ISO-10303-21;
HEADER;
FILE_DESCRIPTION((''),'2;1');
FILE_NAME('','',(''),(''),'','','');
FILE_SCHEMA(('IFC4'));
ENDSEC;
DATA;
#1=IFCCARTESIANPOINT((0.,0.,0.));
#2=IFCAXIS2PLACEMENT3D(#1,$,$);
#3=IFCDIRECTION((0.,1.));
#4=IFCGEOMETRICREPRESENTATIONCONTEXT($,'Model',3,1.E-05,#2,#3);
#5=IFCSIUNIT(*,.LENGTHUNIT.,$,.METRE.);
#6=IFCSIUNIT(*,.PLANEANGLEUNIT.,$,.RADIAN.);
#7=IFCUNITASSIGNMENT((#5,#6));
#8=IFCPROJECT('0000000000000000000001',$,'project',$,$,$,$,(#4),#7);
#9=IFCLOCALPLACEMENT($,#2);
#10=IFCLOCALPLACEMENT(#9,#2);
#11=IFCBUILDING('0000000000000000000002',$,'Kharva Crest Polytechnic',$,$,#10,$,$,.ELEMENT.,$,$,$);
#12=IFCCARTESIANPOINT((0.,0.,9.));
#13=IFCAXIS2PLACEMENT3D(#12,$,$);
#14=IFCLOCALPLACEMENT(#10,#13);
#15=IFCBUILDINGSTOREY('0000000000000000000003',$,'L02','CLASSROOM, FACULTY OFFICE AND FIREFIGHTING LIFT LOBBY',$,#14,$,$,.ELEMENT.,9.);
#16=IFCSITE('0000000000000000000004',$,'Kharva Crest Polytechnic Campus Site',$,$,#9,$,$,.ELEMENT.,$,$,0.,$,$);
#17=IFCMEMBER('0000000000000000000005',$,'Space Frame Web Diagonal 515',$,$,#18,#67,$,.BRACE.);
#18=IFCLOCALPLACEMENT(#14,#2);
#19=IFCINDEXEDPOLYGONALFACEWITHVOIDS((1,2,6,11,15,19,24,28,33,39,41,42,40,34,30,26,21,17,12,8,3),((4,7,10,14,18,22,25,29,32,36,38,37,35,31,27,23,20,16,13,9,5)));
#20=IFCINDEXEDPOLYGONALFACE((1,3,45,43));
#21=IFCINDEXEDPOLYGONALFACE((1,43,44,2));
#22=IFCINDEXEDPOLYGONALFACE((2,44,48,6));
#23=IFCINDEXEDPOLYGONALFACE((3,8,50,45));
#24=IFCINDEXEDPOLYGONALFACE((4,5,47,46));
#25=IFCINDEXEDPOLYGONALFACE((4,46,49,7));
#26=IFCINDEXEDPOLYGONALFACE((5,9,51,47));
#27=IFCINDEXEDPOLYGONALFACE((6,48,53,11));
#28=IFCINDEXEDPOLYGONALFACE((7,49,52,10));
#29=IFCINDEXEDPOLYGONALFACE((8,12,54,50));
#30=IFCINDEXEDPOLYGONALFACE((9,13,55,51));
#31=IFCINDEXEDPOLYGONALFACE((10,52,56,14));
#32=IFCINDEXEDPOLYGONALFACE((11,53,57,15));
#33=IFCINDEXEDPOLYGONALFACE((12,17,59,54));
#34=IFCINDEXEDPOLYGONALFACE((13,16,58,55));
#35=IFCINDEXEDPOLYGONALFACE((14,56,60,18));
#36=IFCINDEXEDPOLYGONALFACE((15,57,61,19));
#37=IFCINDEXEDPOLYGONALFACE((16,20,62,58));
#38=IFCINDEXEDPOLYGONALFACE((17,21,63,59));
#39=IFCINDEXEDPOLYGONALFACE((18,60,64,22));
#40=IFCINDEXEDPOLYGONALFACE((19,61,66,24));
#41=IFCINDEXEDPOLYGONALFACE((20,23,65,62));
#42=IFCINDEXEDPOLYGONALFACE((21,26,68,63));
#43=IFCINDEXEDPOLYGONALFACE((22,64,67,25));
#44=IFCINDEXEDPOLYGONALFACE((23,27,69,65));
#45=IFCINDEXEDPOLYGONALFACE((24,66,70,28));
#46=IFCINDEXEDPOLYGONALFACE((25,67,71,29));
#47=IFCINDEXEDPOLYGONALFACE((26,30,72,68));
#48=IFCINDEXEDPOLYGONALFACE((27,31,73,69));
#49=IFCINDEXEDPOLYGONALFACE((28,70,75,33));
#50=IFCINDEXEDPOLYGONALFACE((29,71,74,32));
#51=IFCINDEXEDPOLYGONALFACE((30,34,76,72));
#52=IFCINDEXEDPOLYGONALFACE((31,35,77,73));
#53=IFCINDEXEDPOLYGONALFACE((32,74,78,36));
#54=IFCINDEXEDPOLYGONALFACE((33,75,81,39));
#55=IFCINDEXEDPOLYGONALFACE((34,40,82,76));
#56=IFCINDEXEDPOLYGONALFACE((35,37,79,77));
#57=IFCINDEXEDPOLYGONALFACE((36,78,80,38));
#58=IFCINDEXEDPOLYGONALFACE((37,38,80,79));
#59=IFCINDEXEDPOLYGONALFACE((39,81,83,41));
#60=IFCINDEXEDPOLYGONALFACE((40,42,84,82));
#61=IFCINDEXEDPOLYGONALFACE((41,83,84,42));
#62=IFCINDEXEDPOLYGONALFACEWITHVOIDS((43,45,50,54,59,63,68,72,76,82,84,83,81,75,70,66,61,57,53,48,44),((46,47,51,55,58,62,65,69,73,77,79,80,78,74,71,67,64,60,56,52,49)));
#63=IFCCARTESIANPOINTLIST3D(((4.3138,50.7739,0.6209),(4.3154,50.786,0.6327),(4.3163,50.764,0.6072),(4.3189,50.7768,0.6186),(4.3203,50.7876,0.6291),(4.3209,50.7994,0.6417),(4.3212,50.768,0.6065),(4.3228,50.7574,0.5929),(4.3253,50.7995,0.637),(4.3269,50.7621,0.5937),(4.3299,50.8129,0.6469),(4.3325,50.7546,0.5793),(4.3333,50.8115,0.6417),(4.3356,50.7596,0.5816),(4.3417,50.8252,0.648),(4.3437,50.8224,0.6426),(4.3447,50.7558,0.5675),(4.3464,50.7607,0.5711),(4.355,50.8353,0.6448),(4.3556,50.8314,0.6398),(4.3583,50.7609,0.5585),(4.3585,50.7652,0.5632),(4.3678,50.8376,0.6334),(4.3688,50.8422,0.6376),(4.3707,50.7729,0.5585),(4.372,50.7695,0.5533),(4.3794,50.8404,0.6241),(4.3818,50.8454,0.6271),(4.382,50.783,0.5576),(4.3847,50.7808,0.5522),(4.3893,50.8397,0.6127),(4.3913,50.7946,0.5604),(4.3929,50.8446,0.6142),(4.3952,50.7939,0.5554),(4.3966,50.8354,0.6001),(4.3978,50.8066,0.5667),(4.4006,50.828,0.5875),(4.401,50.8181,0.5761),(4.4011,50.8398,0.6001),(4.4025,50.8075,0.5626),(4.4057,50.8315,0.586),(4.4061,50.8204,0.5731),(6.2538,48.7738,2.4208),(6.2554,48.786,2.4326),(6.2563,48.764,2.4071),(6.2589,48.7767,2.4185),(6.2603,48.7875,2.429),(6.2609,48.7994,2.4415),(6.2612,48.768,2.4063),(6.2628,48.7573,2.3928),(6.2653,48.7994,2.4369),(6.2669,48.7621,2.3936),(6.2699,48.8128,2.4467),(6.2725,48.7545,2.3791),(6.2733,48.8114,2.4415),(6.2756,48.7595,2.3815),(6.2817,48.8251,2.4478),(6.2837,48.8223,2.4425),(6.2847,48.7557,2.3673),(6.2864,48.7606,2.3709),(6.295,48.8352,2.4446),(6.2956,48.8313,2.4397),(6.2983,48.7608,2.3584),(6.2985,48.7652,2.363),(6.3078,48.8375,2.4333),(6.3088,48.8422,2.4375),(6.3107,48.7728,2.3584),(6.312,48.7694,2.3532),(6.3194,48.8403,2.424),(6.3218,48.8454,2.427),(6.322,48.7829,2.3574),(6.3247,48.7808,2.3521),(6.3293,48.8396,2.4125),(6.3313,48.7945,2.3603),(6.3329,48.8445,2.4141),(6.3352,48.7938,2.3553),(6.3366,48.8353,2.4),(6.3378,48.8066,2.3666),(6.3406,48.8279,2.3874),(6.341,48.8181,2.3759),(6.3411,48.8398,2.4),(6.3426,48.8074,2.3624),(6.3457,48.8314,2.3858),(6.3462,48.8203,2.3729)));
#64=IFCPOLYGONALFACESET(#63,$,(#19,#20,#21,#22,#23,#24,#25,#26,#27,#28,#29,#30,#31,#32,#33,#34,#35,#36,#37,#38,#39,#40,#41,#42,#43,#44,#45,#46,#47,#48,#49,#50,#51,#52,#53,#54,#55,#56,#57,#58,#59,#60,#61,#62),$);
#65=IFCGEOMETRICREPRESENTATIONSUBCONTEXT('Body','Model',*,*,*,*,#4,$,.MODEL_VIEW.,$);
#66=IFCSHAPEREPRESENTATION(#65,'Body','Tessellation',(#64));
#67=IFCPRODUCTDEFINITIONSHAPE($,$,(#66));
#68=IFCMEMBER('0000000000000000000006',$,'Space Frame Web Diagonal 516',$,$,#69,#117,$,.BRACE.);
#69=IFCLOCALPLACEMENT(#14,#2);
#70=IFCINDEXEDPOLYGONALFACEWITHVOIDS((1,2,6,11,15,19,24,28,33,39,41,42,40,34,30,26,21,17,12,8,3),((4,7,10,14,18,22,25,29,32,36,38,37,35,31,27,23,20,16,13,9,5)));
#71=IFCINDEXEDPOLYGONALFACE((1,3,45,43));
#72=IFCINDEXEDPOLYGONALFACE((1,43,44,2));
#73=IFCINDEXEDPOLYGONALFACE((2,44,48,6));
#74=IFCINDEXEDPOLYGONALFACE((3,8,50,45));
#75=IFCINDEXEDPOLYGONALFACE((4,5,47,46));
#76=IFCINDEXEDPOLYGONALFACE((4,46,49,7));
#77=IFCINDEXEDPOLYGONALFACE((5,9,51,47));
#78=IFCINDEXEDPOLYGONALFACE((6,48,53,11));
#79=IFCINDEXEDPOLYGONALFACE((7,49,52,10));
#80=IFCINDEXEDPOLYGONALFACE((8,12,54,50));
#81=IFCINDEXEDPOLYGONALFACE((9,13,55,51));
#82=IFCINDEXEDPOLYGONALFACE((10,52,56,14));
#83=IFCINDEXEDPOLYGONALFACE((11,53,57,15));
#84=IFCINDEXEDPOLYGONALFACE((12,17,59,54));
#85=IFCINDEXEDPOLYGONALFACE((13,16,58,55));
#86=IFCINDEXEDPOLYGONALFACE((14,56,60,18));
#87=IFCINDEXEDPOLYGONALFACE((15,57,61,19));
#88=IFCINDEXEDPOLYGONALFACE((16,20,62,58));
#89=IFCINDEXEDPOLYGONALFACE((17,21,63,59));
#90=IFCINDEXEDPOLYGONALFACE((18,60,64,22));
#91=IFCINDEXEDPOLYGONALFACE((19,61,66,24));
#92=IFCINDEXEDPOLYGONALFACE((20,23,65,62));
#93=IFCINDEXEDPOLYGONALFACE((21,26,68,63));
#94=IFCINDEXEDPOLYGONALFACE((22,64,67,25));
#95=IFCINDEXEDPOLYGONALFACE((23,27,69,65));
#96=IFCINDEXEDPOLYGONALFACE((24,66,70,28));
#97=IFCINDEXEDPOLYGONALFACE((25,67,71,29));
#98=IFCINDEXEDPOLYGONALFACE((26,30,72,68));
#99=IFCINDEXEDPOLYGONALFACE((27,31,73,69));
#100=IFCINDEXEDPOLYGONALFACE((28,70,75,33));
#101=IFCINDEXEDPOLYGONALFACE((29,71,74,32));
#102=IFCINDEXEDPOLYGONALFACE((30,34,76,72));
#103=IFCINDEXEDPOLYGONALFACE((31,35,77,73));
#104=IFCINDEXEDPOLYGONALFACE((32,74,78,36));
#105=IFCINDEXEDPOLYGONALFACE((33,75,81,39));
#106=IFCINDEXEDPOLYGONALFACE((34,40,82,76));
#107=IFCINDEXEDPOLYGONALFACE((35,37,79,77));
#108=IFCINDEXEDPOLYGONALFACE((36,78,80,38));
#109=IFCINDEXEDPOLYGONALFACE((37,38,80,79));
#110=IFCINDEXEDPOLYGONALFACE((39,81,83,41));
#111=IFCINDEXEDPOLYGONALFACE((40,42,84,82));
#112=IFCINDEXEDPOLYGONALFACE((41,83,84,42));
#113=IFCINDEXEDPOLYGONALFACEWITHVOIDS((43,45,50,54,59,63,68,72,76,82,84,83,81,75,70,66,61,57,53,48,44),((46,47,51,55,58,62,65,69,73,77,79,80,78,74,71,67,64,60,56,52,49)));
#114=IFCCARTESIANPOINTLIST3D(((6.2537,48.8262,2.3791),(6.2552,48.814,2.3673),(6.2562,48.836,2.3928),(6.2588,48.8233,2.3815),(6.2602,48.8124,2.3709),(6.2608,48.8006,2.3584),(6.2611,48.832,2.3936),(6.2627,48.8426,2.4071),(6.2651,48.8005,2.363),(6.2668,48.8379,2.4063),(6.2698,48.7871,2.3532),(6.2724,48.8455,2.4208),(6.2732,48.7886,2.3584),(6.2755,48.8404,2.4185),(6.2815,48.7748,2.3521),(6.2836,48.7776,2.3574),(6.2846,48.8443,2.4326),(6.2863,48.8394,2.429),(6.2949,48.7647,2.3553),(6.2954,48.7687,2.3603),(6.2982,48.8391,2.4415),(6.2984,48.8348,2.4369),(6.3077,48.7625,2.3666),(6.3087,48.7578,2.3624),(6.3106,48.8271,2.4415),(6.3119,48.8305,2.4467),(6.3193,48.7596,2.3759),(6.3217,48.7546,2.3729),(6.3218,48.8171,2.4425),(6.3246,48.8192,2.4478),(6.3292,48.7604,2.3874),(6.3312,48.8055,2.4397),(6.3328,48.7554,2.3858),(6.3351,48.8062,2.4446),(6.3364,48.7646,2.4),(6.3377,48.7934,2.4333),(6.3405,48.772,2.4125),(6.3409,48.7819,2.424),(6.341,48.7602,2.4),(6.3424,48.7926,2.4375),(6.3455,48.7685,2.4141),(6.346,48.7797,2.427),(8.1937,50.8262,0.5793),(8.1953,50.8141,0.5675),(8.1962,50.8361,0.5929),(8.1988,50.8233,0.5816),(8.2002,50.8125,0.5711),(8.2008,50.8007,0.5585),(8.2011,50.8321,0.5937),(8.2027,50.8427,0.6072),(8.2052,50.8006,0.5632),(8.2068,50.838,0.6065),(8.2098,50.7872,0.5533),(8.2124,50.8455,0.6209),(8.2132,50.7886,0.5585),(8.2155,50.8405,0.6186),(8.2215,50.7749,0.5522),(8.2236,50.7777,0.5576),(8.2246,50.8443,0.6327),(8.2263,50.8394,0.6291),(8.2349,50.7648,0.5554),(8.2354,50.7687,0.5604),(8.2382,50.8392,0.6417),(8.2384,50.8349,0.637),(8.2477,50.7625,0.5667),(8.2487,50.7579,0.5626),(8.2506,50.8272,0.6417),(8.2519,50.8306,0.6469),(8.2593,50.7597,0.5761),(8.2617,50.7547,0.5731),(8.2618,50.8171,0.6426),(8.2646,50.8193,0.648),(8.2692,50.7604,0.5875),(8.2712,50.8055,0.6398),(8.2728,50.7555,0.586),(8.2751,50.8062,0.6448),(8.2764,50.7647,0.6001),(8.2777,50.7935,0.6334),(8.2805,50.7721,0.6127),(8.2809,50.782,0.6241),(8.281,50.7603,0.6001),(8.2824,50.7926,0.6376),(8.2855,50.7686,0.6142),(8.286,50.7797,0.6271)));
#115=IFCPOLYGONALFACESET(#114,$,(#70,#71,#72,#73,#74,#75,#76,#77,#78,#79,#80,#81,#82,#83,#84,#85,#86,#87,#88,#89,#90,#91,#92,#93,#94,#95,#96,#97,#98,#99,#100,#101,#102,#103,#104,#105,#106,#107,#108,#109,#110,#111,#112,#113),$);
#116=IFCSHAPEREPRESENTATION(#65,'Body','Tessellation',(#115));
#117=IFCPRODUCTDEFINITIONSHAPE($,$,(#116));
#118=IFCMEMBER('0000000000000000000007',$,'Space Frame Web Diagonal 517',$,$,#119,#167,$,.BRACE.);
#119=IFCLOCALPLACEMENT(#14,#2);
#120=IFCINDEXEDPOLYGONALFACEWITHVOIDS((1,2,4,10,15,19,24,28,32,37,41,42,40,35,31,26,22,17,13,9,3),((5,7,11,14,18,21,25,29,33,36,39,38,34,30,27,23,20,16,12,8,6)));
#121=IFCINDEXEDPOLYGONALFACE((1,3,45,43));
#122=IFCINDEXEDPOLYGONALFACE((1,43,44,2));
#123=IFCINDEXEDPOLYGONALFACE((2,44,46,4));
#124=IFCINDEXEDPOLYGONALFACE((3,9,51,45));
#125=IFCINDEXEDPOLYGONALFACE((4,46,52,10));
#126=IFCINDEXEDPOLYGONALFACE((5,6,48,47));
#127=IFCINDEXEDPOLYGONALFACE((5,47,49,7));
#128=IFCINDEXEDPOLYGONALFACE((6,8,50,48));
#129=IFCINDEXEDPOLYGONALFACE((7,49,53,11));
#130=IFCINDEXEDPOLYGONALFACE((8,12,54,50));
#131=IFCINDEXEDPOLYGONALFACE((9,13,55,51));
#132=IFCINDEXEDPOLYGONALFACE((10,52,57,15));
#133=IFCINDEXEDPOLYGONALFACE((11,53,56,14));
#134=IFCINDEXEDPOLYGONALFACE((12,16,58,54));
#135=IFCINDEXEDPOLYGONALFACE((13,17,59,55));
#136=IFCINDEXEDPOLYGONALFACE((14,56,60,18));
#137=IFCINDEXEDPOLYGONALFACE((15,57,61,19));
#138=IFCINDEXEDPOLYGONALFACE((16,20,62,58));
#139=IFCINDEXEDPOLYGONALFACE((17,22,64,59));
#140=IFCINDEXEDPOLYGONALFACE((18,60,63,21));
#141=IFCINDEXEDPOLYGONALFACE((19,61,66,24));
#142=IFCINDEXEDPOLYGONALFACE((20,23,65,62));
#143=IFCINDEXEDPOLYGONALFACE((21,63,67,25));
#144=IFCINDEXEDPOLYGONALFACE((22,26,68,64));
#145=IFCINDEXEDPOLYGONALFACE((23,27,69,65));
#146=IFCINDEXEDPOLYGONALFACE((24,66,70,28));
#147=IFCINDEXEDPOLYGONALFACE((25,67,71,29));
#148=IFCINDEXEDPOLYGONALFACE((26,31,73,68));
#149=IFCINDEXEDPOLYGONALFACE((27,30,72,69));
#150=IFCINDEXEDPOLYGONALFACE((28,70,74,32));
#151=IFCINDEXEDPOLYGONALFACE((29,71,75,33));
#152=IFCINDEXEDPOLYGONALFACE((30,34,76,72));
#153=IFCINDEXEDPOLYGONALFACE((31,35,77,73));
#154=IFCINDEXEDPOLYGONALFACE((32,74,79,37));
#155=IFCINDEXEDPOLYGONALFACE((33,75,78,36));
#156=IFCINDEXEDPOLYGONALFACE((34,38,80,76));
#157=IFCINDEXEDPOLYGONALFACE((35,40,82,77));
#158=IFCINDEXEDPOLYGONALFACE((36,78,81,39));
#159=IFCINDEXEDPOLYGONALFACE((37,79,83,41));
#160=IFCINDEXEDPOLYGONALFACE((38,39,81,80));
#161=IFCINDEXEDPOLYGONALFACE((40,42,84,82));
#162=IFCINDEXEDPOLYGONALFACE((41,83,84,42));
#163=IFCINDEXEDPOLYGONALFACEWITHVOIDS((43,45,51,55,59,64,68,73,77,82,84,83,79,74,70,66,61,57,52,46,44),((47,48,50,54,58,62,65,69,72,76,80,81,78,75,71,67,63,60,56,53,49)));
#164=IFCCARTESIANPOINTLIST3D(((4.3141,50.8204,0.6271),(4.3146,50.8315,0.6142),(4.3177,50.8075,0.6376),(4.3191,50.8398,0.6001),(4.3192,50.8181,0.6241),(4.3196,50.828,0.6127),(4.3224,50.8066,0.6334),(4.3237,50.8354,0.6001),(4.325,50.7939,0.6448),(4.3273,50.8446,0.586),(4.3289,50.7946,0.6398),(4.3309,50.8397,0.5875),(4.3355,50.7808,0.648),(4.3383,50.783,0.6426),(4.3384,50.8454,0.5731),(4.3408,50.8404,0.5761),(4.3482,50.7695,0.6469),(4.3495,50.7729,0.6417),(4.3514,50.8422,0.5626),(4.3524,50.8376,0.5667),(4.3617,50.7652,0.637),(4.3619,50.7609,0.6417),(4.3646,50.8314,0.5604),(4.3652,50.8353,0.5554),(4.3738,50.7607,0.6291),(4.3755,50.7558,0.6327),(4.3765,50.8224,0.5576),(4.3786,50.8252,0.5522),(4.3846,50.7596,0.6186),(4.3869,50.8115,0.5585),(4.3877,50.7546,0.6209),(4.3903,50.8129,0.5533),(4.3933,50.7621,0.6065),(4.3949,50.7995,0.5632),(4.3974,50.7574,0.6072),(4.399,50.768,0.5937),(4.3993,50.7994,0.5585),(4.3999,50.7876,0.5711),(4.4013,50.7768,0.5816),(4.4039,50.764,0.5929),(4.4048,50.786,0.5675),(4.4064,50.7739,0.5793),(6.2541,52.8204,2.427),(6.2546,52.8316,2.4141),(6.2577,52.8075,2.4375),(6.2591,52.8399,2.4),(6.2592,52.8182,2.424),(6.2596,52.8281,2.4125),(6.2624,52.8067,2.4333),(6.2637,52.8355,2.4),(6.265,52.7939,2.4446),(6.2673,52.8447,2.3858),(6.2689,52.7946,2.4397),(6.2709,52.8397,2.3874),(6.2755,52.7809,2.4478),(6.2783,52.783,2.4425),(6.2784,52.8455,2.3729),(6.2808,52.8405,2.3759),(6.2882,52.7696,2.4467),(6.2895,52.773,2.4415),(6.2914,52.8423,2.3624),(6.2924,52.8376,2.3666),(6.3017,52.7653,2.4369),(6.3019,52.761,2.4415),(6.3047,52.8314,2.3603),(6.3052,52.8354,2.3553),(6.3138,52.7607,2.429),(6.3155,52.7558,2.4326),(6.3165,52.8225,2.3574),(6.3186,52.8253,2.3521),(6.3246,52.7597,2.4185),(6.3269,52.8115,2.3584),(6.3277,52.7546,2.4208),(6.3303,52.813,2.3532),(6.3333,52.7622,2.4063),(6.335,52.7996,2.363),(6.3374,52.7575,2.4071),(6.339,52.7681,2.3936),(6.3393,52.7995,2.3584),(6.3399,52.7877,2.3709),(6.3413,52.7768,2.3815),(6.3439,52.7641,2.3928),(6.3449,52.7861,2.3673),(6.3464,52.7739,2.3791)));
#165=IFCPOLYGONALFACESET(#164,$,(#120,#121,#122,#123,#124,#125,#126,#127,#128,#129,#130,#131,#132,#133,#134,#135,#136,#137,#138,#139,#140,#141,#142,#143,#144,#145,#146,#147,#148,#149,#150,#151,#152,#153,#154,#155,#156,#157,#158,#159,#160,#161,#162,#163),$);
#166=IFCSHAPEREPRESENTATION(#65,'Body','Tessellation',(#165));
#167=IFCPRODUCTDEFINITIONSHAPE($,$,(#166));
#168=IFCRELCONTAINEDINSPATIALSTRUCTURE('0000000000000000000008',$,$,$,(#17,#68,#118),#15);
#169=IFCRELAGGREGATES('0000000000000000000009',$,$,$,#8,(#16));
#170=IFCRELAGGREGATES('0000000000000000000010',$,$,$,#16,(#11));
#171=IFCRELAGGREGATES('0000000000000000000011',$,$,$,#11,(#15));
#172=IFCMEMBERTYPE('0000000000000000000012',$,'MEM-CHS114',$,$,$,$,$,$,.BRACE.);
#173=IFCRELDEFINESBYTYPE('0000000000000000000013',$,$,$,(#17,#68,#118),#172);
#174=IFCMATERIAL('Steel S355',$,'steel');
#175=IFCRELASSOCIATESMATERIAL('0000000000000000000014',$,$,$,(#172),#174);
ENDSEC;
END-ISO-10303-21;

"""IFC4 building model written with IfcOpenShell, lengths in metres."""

from ifc_helpers import new_model, si_unit, direction, frame, origin, origin_2d, place, context, subcontext, project, spatial, hollow_circle, extrude, material, material_profile, profile_set, type_object, element, save


model = new_model("IFC4")

# Units and contexts
model_context = context("Model", 3, precision=1e-05, world=origin(), true_north=direction((0.0, 1.0)))
body_context = subcontext(model_context, "Body", "Model", "MODEL_VIEW")
ifc_project = project(units=[si_unit("LENGTHUNIT", "METRE"), si_unit("PLANEANGLEUNIT", "RADIAN")], contexts=[model_context])

# Site, building, storey
site_placement = place(None, origin())
site = spatial("IfcSite", under=ifc_project, at=site_placement, Name="Kharva Crest Polytechnic Campus Site", CompositionType="ELEMENT", RefElevation=0.0)
building_placement = place(site_placement, origin())
building = spatial("IfcBuilding", under=site, at=building_placement, Name="Kharva Crest Polytechnic", CompositionType="ELEMENT")
storey_placement = place(building_placement, frame((0.0, 0.0, 9.0)))
storey = spatial("IfcBuildingStorey", under=building, at=storey_placement, Name="L02", Description="CLASSROOM, FACULTY OFFICE AND FIREFIGHTING LIFT LOBBY", CompositionType="ELEMENT", Elevation=9.0)

# Shared definitions
ifc_material_1 = material(Name="Steel S355", Category="steel")

# Members
ifc_material_profile_1 = material_profile(ifc_material_1, hollow_circle(Radius=0.0571, WallThickness=0.0063, at=origin_2d()), Name="CHS 114.3X6.3")
ifc_profile_set_1 = profile_set([ifc_material_profile_1], Name="Steel S355")
member_type_1 = type_object("IfcMemberType", Name="MEM-CHS114", PredefinedType="BRACE", material=ifc_profile_set_1)
for number, where, z_axis, x_axis, name in (
    (1, (4.3601, 50.8, 0.6001), (0.584843, -0.60295, 0.542596), (0.717802, 0.696247, 0.0), "Space Frame Web Diagonal 515"),
    (2, (8.24, 50.8, 0.6001), (-0.584843, -0.60295, 0.542596), (0.717802, -0.696247, 0.0), "Space Frame Web Diagonal 516"),
    (3, (4.3601, 50.8, 0.6001), (0.584843, 0.60295, 0.542596), (-0.717802, 0.696247, 0.0), "Space Frame Web Diagonal 517"),
):
    element("IfcMember", number, at=place(storey_placement, frame(where, z_axis=z_axis, x_axis=x_axis)), inside=storey, type_object=member_type_1, Name=name, PredefinedType="BRACE", context=body_context, shape_type="SweptSolid", body=[
        extrude(hollow_circle(Radius=0.0571, WallThickness=0.0063, at=origin_2d()), origin(), (0.0, 0.0, 1.0), 3.3171),
    ])

save(model, "model.ifc")
